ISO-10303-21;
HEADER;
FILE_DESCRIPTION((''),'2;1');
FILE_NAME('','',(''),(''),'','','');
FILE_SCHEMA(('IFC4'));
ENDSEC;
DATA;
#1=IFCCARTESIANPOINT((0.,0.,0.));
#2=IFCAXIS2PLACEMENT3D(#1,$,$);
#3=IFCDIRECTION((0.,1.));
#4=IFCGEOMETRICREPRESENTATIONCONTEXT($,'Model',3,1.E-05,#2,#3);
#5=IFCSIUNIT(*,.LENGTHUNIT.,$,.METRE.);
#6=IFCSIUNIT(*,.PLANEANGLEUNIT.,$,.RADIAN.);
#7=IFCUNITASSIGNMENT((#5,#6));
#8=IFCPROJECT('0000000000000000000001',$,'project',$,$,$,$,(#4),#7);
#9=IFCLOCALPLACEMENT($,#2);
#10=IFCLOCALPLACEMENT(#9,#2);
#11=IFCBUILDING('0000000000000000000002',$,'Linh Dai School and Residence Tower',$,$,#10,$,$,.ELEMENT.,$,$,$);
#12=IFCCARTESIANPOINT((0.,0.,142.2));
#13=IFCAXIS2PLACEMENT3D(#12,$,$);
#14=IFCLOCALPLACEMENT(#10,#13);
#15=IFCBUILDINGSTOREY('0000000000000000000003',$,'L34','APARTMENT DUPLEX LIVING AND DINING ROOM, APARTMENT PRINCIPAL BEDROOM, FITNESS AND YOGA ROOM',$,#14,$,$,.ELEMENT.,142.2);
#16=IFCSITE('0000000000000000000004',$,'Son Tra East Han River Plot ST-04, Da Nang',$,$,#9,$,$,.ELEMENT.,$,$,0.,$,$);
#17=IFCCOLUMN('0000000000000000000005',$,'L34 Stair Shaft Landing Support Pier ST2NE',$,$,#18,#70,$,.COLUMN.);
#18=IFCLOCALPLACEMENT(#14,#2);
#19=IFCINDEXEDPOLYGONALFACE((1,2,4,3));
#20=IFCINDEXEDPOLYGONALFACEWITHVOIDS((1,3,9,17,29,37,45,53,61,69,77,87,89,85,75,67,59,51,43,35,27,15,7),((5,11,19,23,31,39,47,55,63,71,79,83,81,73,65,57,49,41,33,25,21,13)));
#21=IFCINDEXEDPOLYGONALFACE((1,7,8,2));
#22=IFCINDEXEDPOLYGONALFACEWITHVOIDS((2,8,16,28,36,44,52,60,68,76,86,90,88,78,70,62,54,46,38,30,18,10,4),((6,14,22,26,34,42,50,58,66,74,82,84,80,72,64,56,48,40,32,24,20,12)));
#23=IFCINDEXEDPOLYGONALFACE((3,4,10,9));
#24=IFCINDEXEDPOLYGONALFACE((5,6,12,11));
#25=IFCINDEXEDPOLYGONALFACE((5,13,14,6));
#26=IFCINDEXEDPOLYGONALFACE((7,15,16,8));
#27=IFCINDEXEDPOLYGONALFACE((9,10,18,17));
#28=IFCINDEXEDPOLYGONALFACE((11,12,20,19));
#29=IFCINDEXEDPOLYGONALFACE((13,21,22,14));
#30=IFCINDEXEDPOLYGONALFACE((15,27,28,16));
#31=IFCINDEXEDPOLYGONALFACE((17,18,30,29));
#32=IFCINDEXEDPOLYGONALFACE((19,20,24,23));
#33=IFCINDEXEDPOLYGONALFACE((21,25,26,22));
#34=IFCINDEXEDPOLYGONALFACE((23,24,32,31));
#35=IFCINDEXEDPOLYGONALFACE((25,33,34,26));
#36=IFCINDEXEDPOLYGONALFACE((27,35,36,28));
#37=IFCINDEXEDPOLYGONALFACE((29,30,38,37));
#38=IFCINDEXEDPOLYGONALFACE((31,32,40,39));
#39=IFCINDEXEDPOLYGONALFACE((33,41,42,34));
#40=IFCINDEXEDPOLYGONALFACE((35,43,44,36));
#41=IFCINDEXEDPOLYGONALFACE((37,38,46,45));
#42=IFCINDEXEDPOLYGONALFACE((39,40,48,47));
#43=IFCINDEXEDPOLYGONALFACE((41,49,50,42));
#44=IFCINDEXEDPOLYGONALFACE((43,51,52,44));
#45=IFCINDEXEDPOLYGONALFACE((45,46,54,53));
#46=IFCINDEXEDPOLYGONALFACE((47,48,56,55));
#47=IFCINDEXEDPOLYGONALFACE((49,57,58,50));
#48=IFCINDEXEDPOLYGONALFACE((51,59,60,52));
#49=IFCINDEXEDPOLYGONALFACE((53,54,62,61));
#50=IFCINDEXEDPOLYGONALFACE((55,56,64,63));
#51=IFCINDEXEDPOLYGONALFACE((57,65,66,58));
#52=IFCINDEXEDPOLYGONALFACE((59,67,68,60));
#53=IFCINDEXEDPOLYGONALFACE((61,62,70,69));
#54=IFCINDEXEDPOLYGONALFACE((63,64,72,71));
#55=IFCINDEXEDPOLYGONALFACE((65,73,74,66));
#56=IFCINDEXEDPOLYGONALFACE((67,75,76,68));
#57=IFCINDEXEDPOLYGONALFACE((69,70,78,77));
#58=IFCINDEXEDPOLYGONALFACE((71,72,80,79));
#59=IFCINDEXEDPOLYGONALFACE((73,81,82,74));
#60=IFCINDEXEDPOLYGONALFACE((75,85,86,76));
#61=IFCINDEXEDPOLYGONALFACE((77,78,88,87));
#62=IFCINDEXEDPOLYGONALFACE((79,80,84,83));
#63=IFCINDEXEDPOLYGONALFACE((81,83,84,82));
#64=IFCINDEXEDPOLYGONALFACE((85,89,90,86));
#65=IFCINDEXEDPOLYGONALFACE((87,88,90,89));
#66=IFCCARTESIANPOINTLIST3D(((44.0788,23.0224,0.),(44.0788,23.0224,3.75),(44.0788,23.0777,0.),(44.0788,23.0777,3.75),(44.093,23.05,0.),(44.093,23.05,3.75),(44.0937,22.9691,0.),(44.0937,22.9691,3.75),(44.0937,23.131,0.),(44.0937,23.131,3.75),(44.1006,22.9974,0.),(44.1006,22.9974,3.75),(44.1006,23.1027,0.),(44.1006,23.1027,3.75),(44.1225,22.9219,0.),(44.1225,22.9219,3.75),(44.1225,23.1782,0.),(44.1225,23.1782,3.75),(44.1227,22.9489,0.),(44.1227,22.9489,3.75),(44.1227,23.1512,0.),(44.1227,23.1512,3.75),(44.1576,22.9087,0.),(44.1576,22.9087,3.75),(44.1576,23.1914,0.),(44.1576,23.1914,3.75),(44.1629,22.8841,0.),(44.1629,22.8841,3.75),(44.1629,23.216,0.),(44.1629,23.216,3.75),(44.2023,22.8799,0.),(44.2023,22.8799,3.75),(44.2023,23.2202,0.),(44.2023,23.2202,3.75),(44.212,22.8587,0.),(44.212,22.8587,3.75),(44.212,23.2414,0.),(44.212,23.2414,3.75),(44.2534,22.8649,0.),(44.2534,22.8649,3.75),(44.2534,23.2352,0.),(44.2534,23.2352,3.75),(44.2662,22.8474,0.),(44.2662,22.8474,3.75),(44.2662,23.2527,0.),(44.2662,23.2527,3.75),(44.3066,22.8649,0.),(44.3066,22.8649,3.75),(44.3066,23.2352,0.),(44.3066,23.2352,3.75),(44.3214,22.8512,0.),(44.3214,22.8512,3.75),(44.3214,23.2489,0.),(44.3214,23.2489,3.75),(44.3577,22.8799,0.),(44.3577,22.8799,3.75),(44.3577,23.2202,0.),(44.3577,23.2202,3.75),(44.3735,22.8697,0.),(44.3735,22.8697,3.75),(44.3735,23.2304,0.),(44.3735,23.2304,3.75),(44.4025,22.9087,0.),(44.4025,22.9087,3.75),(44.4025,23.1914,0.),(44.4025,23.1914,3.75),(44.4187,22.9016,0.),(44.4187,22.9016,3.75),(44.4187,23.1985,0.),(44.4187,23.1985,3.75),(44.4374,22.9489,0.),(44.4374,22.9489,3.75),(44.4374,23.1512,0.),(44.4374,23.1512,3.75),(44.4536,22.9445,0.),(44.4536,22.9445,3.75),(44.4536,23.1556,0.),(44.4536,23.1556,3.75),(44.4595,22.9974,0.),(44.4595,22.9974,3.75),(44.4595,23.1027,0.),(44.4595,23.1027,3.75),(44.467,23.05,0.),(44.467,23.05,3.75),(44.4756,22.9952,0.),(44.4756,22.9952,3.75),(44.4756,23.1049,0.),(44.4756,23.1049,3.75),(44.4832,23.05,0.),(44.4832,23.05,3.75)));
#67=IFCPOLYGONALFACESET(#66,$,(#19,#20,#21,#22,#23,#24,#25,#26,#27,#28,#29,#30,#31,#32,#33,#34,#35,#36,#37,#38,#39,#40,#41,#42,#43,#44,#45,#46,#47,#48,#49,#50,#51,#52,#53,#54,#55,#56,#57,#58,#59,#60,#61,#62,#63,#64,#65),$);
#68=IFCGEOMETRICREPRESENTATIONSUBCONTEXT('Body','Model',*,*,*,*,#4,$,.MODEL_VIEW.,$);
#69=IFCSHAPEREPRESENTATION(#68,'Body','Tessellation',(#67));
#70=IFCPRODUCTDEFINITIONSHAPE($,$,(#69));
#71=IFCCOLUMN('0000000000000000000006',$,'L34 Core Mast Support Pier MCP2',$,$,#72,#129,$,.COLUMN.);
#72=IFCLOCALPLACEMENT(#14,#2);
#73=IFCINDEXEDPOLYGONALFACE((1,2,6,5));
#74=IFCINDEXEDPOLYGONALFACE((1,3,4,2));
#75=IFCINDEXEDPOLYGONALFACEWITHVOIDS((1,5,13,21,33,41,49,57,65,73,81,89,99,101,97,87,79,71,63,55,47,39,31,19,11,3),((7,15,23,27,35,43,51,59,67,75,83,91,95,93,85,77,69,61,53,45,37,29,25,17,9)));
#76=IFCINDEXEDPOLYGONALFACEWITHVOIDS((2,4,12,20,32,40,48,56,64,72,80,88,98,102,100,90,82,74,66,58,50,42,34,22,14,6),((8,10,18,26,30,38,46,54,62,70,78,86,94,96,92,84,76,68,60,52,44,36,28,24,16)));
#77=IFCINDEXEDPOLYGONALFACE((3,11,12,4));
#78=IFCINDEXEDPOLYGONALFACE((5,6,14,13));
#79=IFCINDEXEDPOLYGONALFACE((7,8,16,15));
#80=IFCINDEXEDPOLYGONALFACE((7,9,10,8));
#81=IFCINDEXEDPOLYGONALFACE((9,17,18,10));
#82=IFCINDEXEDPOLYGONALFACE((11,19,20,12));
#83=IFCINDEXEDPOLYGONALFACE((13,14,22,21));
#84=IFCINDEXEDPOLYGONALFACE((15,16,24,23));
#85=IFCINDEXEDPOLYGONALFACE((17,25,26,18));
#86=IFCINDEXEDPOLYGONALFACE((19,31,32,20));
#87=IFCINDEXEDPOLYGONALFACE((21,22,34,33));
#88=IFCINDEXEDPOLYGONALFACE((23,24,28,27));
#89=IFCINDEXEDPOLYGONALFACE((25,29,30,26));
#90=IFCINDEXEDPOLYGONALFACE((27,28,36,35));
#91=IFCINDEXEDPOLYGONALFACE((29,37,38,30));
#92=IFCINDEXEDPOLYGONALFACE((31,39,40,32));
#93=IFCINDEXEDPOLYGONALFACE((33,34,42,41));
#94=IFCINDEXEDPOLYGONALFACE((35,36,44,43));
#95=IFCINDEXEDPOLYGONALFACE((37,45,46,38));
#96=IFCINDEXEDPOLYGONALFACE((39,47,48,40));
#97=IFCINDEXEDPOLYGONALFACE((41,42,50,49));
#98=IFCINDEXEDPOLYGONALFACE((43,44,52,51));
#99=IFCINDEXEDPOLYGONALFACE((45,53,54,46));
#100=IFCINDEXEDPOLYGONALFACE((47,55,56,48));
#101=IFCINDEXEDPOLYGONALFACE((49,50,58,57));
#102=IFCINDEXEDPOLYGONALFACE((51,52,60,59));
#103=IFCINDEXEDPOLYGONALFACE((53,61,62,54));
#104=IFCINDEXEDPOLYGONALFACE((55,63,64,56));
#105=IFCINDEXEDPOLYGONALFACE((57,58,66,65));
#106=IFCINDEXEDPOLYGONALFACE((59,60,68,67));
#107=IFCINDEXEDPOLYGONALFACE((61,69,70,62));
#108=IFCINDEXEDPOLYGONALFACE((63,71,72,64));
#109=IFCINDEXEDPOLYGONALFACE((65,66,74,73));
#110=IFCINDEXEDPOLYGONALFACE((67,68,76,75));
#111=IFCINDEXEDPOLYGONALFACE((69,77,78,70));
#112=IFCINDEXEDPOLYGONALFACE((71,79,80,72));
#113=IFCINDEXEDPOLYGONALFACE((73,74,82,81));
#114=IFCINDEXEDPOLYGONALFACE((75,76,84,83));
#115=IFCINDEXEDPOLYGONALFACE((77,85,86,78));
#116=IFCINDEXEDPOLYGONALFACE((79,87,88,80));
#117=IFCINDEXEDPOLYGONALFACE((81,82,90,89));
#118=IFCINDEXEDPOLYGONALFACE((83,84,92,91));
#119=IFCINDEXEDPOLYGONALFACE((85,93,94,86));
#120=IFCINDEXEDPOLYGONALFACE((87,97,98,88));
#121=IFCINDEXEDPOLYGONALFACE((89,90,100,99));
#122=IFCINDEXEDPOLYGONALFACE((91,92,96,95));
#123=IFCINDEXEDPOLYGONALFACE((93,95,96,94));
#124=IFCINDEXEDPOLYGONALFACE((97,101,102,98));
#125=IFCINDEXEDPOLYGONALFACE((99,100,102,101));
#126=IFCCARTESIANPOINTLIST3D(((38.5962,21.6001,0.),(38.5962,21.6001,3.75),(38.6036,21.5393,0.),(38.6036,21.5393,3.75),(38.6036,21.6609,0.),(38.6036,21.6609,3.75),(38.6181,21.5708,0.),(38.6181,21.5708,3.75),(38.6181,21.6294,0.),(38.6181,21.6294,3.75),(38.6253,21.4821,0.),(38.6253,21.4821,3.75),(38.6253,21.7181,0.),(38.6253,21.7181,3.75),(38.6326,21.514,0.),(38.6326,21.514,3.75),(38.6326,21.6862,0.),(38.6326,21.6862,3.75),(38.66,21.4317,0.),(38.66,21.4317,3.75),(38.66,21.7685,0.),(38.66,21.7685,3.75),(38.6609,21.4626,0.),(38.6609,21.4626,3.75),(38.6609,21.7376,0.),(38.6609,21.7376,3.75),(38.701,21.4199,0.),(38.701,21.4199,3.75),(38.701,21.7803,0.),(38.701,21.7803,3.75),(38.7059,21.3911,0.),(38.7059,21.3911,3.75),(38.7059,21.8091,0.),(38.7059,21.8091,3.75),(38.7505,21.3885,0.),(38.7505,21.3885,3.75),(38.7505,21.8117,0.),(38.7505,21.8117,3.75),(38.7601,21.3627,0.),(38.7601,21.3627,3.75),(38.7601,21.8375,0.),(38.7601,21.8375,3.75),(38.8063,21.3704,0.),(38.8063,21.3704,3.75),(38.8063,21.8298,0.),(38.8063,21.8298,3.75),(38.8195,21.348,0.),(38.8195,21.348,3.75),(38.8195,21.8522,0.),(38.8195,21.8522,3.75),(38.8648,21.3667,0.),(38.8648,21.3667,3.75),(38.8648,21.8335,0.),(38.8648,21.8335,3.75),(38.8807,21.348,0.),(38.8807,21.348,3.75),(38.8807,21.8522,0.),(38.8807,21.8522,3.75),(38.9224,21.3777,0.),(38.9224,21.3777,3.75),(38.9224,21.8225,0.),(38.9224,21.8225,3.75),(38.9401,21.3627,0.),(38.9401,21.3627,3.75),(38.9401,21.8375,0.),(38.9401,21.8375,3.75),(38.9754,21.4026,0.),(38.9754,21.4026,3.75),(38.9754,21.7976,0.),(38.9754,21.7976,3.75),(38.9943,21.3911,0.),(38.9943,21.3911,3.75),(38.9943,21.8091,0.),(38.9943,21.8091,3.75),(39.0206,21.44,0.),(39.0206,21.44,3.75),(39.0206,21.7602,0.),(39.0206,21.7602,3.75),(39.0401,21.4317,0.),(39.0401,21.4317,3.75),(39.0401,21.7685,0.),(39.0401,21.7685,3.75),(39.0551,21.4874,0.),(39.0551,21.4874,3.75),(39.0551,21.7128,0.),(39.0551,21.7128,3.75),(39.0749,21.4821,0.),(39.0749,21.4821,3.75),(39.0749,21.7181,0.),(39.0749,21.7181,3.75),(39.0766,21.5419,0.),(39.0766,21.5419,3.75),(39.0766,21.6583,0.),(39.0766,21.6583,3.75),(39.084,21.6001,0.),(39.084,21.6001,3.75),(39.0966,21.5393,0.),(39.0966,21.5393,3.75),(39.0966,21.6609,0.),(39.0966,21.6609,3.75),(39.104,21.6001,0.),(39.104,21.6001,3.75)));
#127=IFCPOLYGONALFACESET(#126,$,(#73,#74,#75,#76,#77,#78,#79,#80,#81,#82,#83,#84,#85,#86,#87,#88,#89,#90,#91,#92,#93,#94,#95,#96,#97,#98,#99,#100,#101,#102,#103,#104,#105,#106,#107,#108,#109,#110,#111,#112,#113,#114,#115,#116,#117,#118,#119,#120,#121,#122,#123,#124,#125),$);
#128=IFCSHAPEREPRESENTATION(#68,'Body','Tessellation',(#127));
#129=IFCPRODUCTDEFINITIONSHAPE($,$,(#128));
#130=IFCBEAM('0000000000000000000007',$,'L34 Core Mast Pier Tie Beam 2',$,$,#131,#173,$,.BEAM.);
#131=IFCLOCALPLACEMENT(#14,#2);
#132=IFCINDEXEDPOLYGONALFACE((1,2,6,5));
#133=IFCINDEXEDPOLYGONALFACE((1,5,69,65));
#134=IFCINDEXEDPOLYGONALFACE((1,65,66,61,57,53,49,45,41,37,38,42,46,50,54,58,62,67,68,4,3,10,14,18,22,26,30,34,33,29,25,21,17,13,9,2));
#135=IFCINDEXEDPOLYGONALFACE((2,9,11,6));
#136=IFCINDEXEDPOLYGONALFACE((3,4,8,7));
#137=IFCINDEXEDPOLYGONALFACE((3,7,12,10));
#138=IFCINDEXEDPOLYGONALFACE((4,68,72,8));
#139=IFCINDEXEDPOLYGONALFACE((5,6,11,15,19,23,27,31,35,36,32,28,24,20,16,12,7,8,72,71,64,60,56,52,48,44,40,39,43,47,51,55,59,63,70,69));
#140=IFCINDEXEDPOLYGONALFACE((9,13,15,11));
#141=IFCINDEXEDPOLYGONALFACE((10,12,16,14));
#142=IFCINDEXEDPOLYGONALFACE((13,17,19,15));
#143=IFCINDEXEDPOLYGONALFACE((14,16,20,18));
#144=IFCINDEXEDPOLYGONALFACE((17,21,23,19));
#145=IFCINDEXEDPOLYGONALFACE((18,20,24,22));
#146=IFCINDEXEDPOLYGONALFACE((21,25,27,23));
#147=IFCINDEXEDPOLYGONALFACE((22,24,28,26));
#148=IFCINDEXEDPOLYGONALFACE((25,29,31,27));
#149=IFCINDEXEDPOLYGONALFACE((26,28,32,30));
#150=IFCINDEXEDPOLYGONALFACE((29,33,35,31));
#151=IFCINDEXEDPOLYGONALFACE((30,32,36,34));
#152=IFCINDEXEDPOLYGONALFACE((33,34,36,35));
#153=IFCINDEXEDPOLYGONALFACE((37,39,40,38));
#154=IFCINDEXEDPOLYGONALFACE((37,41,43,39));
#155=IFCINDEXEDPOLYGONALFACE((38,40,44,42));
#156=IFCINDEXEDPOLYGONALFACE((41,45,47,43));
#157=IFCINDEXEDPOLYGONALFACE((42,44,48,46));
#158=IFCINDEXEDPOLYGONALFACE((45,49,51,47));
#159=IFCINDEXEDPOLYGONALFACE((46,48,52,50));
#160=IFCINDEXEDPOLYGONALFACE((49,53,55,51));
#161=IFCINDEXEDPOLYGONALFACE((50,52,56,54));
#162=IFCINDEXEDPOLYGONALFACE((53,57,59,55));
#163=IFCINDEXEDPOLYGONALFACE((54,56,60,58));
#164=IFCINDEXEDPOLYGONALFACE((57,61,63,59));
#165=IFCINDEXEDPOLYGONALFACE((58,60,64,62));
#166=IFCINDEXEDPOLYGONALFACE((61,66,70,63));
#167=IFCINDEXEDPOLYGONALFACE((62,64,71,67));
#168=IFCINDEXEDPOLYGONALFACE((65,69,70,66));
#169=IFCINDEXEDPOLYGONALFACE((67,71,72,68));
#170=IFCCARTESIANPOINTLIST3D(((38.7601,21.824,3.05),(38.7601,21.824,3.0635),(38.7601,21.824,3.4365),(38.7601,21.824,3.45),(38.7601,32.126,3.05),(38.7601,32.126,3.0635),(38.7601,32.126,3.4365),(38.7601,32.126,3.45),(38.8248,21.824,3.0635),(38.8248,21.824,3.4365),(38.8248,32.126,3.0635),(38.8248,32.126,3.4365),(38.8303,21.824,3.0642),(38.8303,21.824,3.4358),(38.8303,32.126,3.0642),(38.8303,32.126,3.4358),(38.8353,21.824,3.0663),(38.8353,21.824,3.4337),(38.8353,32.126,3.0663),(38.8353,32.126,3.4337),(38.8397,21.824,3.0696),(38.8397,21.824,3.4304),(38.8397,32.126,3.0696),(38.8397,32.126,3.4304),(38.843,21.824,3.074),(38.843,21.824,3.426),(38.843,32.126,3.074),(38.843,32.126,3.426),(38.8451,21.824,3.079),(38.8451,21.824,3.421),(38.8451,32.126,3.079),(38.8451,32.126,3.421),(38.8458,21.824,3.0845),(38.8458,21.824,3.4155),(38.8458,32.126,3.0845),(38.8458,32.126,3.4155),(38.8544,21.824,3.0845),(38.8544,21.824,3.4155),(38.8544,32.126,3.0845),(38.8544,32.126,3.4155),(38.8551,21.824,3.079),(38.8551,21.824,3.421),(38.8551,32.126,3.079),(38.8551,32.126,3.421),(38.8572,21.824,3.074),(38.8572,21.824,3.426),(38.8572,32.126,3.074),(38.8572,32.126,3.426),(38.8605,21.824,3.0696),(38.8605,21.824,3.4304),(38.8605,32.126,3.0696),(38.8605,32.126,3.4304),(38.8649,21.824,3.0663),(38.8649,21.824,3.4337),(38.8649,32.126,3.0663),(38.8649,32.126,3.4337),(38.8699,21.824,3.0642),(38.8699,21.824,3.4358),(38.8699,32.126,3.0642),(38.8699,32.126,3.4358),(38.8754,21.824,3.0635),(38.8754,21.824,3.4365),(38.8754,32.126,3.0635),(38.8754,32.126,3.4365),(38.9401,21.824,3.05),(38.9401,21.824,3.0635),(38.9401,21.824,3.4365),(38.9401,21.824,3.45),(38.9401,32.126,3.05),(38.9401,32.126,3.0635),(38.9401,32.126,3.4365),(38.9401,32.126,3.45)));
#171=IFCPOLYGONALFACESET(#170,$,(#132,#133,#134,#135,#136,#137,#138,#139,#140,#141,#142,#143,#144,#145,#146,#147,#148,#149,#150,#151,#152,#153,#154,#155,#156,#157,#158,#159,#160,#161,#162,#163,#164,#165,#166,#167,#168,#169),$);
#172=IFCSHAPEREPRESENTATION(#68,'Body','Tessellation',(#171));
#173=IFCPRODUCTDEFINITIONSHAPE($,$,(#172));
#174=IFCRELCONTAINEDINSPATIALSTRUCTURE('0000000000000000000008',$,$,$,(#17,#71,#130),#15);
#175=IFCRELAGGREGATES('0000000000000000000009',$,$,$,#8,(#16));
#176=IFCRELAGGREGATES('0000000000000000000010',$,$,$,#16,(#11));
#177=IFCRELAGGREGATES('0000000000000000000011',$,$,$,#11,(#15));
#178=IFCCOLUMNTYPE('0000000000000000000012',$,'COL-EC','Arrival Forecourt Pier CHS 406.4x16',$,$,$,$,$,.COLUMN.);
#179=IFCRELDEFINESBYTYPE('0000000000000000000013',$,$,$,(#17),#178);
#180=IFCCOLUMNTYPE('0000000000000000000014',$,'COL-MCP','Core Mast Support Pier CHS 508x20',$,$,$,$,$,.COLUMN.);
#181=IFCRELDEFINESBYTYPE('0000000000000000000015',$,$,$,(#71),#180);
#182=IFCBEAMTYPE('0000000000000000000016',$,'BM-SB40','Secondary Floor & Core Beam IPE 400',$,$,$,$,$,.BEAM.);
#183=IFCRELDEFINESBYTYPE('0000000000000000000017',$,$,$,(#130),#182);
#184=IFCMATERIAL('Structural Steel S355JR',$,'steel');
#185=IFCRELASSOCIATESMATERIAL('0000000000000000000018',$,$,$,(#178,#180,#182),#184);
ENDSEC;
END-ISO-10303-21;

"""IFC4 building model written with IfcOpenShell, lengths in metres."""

from ifc_helpers import new_model, si_unit, direction, frame, origin, origin_2d, place, context, subcontext, project, spatial, hollow_circle, i_section, extrude, material, material_profile, profile_set, type_object, element, save


model = new_model("IFC4")

# Units and contexts
model_context = context("Model", 3, precision=1e-05, world=origin(), true_north=direction((0.0, 1.0)))
body_context = subcontext(model_context, "Body", "Model", "MODEL_VIEW")
ifc_project = project(units=[si_unit("LENGTHUNIT", "METRE"), si_unit("PLANEANGLEUNIT", "RADIAN")], contexts=[model_context])

# Site, building, storey
site_placement = place(None, origin())
site = spatial("IfcSite", under=ifc_project, at=site_placement, Name="Son Tra East Han River Plot ST-04, Da Nang", CompositionType="ELEMENT", RefElevation=0.0)
building_placement = place(site_placement, origin())
building = spatial("IfcBuilding", under=site, at=building_placement, Name="Linh Dai School and Residence Tower", CompositionType="ELEMENT")
storey_placement = place(building_placement, frame((0.0, 0.0, 142.2)))
storey = spatial("IfcBuildingStorey", under=building, at=storey_placement, Name="L34", Description="APARTMENT DUPLEX LIVING AND DINING ROOM, APARTMENT PRINCIPAL BEDROOM, FITNESS AND YOGA ROOM", CompositionType="ELEMENT", Elevation=142.2)

# Columns
ifc_material_1 = material(Name="Structural Steel S355JR", Category="steel")
ifc_material_profile_1 = material_profile(ifc_material_1, hollow_circle(Radius=0.2031, WallThickness=0.0161, at=origin_2d()), Name="CHS 406.4x16")
ifc_profile_set_1 = profile_set([ifc_material_profile_1], Name="Structural Steel S355JR")
column_type_1 = type_object("IfcColumnType", Name="COL-EC", Description="Arrival Forecourt Pier CHS 406.4x16", PredefinedType="COLUMN", material=ifc_profile_set_1)
column_1_placement = place(storey_placement, frame((44.28, 23.05, 0.0), z_axis=(0.0, 0.0, 1.0), x_axis=(1.0, 0.0, 0.0)))
element("IfcColumn", 1, at=column_1_placement, inside=storey, type_object=column_type_1, Name="L34 Stair Shaft Landing Support Pier ST2NE", PredefinedType="COLUMN", context=body_context, shape_type="SweptSolid", body=[
    extrude(hollow_circle(Radius=0.2031, WallThickness=0.0161, at=origin_2d()), origin(), (0.0, 0.0, 1.0), 3.75),
])
ifc_material_profile_2 = material_profile(ifc_material_1, hollow_circle(Radius=0.2539, WallThickness=0.02, at=origin_2d()), Name="CHS 508x20")
ifc_profile_set_2 = profile_set([ifc_material_profile_2], Name="Structural Steel S355JR")
column_type_2 = type_object("IfcColumnType", Name="COL-MCP", Description="Core Mast Support Pier CHS 508x20", PredefinedType="COLUMN", material=ifc_profile_set_2)
column_2_placement = place(storey_placement, frame((38.8501, 21.6001, 0.0), z_axis=(0.0, 0.0, 1.0), x_axis=(1.0, 0.0, 0.0)))
element("IfcColumn", 2, at=column_2_placement, inside=storey, type_object=column_type_2, Name="L34 Core Mast Support Pier MCP2", PredefinedType="COLUMN", context=body_context, shape_type="SweptSolid", body=[
    extrude(hollow_circle(Radius=0.2539, WallThickness=0.02, at=origin_2d()), origin(), (0.0, 0.0, 1.0), 3.75),
])

# Beam
ifc_material_profile_3 = material_profile(ifc_material_1, i_section(OverallWidth=0.1799, OverallDepth=0.3999, WebThickness=0.0085, FlangeThickness=0.0134, FilletRadius=0.021, at=origin_2d()), Name="IPE 400")
ifc_profile_set_3 = profile_set([ifc_material_profile_3], Name="Structural Steel S355JR")
beam_type = type_object("IfcBeamType", Name="BM-SB40", Description="Secondary Floor & Core Beam IPE 400", PredefinedType="BEAM", material=ifc_profile_set_3)
beam_placement = place(storey_placement, frame((38.8501, 21.824, 3.25), z_axis=(0.0, 1.0, 0.0), x_axis=(-1.0, 0.0, 0.0)))
element("IfcBeam", 3, at=beam_placement, inside=storey, type_object=beam_type, Name="L34 Core Mast Pier Tie Beam 2", PredefinedType="BEAM", context=body_context, shape_type="SweptSolid", body=[
    extrude(i_section(OverallWidth=0.1799, OverallDepth=0.3999, WebThickness=0.0085, FlangeThickness=0.0134, FilletRadius=0.021, at=origin_2d()), origin(), (0.0, 0.0, 1.0), 10.302),
])

save(model, "model.ifc")
